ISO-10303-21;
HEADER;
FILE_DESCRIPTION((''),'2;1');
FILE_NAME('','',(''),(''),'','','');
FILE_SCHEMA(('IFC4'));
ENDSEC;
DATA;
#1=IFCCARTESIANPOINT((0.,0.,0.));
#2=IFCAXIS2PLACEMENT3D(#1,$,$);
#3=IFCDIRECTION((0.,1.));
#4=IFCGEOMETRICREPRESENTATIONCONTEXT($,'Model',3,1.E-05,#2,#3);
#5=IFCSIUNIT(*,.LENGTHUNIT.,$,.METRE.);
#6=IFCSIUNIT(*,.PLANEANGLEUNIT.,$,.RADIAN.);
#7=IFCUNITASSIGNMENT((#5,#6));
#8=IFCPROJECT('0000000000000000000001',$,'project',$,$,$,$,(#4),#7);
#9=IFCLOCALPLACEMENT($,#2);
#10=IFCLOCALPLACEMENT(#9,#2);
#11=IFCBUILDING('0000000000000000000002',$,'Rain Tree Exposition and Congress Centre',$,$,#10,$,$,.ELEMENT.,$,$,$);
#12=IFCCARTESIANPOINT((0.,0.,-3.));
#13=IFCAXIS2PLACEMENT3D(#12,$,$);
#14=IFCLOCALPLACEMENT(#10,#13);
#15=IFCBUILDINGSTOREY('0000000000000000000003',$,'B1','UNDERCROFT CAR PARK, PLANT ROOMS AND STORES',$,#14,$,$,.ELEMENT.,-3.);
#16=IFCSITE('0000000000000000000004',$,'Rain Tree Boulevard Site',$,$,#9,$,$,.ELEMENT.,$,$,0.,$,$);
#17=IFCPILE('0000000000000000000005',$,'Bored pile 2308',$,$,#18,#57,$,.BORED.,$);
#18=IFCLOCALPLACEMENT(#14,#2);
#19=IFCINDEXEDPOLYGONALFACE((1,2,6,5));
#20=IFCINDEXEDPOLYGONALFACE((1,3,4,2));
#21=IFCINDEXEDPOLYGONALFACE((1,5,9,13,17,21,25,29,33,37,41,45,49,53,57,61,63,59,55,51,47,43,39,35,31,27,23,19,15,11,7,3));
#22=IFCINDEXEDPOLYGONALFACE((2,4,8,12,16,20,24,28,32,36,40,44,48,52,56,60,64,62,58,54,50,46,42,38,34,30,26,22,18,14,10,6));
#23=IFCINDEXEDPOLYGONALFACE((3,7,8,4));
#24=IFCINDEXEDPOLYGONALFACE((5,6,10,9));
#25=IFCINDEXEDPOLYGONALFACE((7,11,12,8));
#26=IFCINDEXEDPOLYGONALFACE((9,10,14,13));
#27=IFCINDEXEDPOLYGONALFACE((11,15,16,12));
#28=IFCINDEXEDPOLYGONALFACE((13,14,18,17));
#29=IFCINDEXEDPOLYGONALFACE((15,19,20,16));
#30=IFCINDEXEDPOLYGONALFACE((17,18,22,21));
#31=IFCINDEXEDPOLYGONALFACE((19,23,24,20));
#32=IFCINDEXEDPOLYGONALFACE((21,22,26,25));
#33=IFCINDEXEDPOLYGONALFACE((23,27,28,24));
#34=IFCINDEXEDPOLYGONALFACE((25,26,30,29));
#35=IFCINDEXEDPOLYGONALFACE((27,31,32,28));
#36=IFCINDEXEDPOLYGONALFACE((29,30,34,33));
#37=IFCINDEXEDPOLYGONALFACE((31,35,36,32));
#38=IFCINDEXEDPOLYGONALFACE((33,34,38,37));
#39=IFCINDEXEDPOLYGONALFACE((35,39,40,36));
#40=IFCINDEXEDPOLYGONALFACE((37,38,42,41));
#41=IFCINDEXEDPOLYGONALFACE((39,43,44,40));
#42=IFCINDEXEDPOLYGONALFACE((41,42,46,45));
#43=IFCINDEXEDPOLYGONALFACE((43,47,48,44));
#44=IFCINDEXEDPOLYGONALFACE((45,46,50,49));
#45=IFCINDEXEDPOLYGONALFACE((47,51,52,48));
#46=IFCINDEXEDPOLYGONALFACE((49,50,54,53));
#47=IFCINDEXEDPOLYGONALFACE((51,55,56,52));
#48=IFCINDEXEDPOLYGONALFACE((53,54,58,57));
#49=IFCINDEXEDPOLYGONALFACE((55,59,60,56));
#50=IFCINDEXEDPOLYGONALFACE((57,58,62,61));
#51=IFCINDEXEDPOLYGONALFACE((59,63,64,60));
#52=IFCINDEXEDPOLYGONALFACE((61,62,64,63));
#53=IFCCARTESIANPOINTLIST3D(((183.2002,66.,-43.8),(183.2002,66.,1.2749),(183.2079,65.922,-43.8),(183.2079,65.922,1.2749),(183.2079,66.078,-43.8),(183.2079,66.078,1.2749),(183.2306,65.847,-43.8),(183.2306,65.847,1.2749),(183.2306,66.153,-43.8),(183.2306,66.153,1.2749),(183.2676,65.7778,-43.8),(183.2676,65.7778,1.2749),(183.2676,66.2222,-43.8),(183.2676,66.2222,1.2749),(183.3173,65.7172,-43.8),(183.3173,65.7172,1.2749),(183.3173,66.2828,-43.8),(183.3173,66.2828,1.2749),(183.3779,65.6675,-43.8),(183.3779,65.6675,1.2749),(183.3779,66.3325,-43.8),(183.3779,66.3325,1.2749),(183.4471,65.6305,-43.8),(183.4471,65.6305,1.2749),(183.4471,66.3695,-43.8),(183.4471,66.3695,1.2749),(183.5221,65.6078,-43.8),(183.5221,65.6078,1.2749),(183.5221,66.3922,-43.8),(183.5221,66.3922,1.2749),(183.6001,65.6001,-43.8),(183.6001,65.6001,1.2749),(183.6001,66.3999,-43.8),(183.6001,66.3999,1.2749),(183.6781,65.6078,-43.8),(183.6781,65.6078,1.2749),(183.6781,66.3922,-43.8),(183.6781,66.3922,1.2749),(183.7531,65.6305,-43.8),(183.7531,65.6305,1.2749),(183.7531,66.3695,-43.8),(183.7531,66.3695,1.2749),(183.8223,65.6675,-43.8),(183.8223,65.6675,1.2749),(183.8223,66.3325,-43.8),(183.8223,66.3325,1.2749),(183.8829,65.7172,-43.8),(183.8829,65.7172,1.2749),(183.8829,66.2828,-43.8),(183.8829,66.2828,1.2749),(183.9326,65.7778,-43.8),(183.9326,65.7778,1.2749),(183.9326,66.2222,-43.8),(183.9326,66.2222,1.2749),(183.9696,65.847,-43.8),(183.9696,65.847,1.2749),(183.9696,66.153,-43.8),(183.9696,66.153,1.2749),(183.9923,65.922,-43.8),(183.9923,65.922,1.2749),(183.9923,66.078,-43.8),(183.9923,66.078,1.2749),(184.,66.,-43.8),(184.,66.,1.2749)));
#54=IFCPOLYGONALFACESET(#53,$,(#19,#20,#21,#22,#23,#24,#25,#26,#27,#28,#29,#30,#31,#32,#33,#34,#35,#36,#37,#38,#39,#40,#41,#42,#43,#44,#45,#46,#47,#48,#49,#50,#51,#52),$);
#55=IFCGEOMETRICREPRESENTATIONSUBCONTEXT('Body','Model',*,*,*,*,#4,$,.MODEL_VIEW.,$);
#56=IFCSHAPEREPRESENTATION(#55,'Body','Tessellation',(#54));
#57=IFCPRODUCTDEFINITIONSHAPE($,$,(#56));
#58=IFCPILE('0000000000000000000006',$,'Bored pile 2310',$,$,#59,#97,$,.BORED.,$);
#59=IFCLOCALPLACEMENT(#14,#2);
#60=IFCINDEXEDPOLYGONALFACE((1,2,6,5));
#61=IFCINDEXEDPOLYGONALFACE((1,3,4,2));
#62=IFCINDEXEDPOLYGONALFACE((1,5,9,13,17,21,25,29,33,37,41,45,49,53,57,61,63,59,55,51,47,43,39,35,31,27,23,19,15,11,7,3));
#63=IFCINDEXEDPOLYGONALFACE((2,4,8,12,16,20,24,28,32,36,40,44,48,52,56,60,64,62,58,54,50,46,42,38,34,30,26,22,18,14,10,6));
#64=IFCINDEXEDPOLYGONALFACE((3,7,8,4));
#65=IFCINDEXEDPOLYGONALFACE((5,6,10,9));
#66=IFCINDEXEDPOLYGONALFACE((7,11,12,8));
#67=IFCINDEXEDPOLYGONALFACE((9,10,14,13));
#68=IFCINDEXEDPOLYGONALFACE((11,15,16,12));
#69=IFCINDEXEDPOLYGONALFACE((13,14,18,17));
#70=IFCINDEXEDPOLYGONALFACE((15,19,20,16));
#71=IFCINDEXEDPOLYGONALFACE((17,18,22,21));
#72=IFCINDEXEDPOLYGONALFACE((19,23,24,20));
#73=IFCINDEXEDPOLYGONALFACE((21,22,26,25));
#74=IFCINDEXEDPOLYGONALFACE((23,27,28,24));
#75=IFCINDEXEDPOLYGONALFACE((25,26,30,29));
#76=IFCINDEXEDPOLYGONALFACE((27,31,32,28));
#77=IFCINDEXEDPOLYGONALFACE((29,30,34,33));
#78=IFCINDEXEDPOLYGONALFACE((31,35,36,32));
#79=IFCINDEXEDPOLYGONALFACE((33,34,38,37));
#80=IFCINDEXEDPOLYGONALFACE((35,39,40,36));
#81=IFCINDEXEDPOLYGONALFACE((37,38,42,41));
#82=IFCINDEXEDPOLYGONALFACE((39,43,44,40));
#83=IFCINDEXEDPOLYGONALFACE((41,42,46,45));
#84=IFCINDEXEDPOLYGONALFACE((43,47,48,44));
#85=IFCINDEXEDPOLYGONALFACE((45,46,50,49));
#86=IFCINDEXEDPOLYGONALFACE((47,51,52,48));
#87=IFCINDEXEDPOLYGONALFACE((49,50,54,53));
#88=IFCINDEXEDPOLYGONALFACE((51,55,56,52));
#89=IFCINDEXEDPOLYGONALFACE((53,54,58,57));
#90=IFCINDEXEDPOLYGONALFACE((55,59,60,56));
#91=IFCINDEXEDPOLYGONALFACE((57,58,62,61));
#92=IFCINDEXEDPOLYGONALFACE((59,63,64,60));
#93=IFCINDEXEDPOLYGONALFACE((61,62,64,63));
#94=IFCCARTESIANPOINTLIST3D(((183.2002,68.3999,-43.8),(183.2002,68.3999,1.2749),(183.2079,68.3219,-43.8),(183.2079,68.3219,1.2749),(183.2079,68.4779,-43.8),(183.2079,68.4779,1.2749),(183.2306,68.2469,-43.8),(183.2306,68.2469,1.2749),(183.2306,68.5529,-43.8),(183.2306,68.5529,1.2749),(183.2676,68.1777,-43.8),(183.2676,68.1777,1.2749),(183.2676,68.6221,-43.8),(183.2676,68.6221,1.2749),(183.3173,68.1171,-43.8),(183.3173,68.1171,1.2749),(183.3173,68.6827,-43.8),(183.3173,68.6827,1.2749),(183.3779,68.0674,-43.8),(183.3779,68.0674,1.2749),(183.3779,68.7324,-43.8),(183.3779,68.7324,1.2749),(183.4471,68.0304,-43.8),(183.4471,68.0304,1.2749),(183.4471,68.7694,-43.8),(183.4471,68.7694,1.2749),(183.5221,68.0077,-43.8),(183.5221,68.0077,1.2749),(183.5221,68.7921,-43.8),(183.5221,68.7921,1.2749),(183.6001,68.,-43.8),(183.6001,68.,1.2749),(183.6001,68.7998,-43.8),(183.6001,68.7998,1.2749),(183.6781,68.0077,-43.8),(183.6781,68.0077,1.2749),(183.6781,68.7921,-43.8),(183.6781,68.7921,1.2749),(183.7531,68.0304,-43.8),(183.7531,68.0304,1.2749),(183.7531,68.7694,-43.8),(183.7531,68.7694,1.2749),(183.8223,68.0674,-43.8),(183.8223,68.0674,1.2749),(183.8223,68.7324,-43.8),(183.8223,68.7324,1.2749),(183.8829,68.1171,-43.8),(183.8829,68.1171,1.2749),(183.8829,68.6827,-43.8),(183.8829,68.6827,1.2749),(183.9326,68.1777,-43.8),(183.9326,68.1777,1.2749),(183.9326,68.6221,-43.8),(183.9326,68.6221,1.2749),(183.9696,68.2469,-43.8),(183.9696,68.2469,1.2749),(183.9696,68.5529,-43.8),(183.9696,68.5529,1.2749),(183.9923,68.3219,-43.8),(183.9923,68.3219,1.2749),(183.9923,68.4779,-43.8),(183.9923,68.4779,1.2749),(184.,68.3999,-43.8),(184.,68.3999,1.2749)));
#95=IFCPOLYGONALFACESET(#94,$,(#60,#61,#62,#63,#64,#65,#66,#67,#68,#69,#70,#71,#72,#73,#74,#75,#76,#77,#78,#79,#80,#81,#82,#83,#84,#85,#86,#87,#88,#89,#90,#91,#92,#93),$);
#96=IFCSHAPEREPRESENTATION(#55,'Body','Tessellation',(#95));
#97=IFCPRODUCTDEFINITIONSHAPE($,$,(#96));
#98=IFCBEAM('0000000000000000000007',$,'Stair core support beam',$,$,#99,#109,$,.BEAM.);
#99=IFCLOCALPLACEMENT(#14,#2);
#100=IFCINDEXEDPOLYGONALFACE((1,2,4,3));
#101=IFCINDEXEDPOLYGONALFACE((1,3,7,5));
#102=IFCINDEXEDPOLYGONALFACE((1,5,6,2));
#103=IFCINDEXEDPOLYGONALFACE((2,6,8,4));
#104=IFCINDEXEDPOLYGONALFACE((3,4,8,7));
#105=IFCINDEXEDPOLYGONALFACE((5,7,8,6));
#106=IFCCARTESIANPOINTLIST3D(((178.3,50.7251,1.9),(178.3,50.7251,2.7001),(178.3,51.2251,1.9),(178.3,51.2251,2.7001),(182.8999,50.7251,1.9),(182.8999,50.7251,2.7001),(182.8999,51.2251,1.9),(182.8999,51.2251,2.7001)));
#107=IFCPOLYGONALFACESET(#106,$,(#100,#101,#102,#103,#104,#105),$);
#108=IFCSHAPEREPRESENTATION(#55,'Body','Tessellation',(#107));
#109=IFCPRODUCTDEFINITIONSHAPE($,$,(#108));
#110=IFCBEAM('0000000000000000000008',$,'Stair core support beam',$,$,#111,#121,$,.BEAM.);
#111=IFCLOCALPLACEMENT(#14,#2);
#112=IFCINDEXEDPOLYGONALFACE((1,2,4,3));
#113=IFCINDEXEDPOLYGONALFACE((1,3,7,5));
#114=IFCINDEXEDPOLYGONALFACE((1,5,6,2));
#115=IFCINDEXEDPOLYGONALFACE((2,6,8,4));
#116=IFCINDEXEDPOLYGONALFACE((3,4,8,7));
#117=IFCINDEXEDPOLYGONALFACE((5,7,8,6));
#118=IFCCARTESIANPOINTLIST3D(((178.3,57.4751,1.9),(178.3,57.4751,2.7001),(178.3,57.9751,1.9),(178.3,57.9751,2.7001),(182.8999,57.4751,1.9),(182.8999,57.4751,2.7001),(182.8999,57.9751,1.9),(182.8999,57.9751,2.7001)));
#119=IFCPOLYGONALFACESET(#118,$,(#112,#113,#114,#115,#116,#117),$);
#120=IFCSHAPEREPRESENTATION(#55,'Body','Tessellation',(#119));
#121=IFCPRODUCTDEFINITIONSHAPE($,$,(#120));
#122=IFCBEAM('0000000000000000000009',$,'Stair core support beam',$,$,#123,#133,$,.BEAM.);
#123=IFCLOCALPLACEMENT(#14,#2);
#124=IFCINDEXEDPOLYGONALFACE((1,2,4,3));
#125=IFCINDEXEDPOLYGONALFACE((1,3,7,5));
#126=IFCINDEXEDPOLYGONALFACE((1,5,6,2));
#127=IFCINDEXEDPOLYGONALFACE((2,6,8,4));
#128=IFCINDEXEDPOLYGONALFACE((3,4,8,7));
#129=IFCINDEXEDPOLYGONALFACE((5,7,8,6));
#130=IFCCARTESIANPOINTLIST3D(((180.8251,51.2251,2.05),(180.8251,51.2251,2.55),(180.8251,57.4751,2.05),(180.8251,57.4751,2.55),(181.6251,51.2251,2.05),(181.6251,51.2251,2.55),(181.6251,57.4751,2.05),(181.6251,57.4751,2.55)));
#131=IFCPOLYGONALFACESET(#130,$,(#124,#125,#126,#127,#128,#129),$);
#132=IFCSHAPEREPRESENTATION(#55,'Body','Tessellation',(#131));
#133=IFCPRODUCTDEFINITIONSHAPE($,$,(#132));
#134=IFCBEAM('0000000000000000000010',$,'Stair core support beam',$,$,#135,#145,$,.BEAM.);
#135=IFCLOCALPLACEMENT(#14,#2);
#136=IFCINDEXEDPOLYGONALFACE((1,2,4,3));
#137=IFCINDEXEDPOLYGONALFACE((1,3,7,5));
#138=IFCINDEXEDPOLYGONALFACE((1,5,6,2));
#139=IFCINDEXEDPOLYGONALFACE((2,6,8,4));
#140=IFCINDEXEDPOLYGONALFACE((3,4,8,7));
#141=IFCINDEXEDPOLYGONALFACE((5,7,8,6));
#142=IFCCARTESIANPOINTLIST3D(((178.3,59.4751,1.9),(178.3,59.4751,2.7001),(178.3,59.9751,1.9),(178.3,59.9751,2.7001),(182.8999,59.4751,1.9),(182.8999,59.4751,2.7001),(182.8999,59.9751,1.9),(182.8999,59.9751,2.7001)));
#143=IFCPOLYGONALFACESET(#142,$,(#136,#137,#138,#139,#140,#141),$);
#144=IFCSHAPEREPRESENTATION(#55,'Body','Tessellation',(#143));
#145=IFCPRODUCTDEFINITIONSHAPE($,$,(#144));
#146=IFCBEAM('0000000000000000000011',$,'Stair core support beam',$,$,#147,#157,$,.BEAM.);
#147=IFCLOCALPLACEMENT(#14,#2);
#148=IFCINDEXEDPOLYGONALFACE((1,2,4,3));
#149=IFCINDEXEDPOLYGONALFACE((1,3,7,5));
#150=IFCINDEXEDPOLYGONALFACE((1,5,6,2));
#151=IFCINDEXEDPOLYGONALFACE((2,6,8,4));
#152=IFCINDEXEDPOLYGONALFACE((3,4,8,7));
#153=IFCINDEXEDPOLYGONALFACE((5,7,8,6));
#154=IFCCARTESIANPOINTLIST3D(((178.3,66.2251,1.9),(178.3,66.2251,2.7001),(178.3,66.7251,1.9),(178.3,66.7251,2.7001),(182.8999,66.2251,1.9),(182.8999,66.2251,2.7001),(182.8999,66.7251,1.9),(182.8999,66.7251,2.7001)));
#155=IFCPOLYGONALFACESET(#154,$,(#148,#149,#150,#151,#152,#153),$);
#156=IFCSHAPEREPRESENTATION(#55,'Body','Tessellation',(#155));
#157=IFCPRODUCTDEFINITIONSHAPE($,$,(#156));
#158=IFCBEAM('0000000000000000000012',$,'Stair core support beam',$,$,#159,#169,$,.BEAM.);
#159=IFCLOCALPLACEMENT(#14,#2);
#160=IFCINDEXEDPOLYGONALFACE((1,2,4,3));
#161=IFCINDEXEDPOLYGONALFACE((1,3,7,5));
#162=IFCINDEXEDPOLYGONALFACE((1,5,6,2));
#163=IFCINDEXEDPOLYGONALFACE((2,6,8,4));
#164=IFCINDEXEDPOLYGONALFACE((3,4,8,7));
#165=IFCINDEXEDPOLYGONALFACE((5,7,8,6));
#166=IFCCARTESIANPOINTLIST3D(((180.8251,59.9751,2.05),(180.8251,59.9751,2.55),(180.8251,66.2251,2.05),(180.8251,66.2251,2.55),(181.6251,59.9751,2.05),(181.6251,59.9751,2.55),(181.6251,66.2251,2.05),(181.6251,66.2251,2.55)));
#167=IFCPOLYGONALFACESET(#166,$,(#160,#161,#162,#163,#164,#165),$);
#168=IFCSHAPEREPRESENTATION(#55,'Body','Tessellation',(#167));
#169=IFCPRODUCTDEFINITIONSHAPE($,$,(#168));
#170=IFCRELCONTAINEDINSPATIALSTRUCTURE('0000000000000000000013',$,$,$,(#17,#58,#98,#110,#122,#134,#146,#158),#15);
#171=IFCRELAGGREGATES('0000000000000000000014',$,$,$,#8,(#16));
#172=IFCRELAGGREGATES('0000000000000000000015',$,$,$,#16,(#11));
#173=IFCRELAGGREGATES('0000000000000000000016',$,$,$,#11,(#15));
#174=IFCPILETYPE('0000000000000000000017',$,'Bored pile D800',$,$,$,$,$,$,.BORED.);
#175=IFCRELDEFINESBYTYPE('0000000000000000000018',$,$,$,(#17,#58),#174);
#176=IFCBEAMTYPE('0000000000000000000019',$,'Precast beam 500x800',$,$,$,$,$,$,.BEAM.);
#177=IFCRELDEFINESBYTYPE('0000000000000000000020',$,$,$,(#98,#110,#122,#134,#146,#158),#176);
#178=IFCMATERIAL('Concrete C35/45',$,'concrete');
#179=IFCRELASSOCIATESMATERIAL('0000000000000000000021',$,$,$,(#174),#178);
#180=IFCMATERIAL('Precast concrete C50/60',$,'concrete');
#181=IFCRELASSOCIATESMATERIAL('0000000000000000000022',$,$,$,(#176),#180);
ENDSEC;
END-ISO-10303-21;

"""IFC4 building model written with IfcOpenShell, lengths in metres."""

from ifc_helpers import new_model, si_unit, direction, frame, origin, origin_2d, place, context, subcontext, project, spatial, rectangle, circle, extrude, material, material_profile, profile_set, type_object, element, save


model = new_model("IFC4")

# Units and contexts
model_context = context("Model", 3, precision=1e-05, world=origin(), true_north=direction((0.0, 1.0)))
body_context = subcontext(model_context, "Body", "Model", "MODEL_VIEW")
ifc_project = project(units=[si_unit("LENGTHUNIT", "METRE"), si_unit("PLANEANGLEUNIT", "RADIAN")], contexts=[model_context])

# Site, building, storey
site_placement = place(None, origin())
site = spatial("IfcSite", under=ifc_project, at=site_placement, Name="Rain Tree Boulevard Site", CompositionType="ELEMENT", RefElevation=0.0)
building_placement = place(site_placement, origin())
building = spatial("IfcBuilding", under=site, at=building_placement, Name="Rain Tree Exposition and Congress Centre", CompositionType="ELEMENT")
storey_placement = place(building_placement, frame((0.0, 0.0, -3.0)))
storey = spatial("IfcBuildingStorey", under=building, at=storey_placement, Name="B1", Description="UNDERCROFT CAR PARK, PLANT ROOMS AND STORES", CompositionType="ELEMENT", Elevation=-3.0)

# Piles
ifc_material_1 = material(Name="Concrete C35/45", Category="concrete")
ifc_material_profile_1 = material_profile(ifc_material_1, circle(Radius=0.3999, at=origin_2d()), Name="D800")
ifc_profile_set_1 = profile_set([ifc_material_profile_1], Name="Concrete C35/45")
pile_type = type_object("IfcPileType", Name="Bored pile D800", PredefinedType="BORED", material=ifc_profile_set_1)
for number, where, z_axis, x_axis, name in (
    (1, (183.6001, 66.0, 1.2749), (0.0, 0.0, -1.0), (1.0, 0.0, 0.0), "Bored pile 2308"),
    (2, (183.6001, 68.3999, 1.2749), (0.0, 0.0, -1.0), (1.0, 0.0, 0.0), "Bored pile 2310"),
):
    element("IfcPile", number, at=place(storey_placement, frame(where, z_axis=z_axis, x_axis=x_axis)), inside=storey, type_object=pile_type, Name=name, PredefinedType="BORED", context=body_context, shape_type="SweptSolid", body=[
        extrude(circle(Radius=0.3999, at=origin_2d()), origin(), (0.0, 0.0, 1.0), 45.075),
    ])

# Beams
ifc_material_2 = material(Name="Precast concrete C50/60", Category="concrete")
ifc_material_profile_2 = material_profile(ifc_material_2, rectangle(XDim=0.5, YDim=0.8, at=origin_2d()), Name="RC 500x800")
ifc_profile_set_2 = profile_set([ifc_material_profile_2], Name="Precast concrete C50/60")
beam_type = type_object("IfcBeamType", Name="Precast beam 500x800", PredefinedType="BEAM", material=ifc_profile_set_2)
for number, where, z_axis, x_axis, name in (
    (3, (178.3, 50.9751, 2.3), (1.0, 0.0, 0.0), (0.0, 1.0, 0.0), "Stair core support beam"),
    (4, (178.3, 57.7251, 2.3), (1.0, 0.0, 0.0), (0.0, 1.0, 0.0), "Stair core support beam"),
):
    element("IfcBeam", number, at=place(storey_placement, frame(where, z_axis=z_axis, x_axis=x_axis)), inside=storey, type_object=beam_type, Name=name, PredefinedType="BEAM", context=body_context, shape_type="SweptSolid", body=[
        extrude(rectangle(XDim=0.5, YDim=0.8, at=origin_2d()), origin(), (0.0, 0.0, 1.0), 4.5999),
    ])
beam_1_placement = place(storey_placement, frame((181.2251, 51.2251, 2.3), z_axis=(0.0, 1.0, 0.0), x_axis=(0.0, 0.0, 1.0)))
element("IfcBeam", 5, at=beam_1_placement, inside=storey, type_object=beam_type, Name="Stair core support beam", PredefinedType="BEAM", context=body_context, shape_type="SweptSolid", body=[
    extrude(rectangle(XDim=0.5, YDim=0.8, at=origin_2d()), origin(), (0.0, 0.0, 1.0), 6.25),
])
for number, where, z_axis, x_axis, name in (
    (6, (178.3, 59.7251, 2.3), (1.0, 0.0, 0.0), (0.0, 1.0, 0.0), "Stair core support beam"),
    (7, (178.3, 66.4751, 2.3), (1.0, 0.0, 0.0), (0.0, 1.0, 0.0), "Stair core support beam"),
):
    element("IfcBeam", number, at=place(storey_placement, frame(where, z_axis=z_axis, x_axis=x_axis)), inside=storey, type_object=beam_type, Name=name, PredefinedType="BEAM", context=body_context, shape_type="SweptSolid", body=[
        extrude(rectangle(XDim=0.5, YDim=0.8, at=origin_2d()), origin(), (0.0, 0.0, 1.0), 4.5999),
    ])
beam_2_placement = place(storey_placement, frame((181.2251, 59.9751, 2.3), z_axis=(0.0, 1.0, 0.0), x_axis=(0.0, 0.0, 1.0)))
element("IfcBeam", 8, at=beam_2_placement, inside=storey, type_object=beam_type, Name="Stair core support beam", PredefinedType="BEAM", context=body_context, shape_type="SweptSolid", body=[
    extrude(rectangle(XDim=0.5, YDim=0.8, at=origin_2d()), origin(), (0.0, 0.0, 1.0), 6.25),
])

save(model, "model.ifc")
